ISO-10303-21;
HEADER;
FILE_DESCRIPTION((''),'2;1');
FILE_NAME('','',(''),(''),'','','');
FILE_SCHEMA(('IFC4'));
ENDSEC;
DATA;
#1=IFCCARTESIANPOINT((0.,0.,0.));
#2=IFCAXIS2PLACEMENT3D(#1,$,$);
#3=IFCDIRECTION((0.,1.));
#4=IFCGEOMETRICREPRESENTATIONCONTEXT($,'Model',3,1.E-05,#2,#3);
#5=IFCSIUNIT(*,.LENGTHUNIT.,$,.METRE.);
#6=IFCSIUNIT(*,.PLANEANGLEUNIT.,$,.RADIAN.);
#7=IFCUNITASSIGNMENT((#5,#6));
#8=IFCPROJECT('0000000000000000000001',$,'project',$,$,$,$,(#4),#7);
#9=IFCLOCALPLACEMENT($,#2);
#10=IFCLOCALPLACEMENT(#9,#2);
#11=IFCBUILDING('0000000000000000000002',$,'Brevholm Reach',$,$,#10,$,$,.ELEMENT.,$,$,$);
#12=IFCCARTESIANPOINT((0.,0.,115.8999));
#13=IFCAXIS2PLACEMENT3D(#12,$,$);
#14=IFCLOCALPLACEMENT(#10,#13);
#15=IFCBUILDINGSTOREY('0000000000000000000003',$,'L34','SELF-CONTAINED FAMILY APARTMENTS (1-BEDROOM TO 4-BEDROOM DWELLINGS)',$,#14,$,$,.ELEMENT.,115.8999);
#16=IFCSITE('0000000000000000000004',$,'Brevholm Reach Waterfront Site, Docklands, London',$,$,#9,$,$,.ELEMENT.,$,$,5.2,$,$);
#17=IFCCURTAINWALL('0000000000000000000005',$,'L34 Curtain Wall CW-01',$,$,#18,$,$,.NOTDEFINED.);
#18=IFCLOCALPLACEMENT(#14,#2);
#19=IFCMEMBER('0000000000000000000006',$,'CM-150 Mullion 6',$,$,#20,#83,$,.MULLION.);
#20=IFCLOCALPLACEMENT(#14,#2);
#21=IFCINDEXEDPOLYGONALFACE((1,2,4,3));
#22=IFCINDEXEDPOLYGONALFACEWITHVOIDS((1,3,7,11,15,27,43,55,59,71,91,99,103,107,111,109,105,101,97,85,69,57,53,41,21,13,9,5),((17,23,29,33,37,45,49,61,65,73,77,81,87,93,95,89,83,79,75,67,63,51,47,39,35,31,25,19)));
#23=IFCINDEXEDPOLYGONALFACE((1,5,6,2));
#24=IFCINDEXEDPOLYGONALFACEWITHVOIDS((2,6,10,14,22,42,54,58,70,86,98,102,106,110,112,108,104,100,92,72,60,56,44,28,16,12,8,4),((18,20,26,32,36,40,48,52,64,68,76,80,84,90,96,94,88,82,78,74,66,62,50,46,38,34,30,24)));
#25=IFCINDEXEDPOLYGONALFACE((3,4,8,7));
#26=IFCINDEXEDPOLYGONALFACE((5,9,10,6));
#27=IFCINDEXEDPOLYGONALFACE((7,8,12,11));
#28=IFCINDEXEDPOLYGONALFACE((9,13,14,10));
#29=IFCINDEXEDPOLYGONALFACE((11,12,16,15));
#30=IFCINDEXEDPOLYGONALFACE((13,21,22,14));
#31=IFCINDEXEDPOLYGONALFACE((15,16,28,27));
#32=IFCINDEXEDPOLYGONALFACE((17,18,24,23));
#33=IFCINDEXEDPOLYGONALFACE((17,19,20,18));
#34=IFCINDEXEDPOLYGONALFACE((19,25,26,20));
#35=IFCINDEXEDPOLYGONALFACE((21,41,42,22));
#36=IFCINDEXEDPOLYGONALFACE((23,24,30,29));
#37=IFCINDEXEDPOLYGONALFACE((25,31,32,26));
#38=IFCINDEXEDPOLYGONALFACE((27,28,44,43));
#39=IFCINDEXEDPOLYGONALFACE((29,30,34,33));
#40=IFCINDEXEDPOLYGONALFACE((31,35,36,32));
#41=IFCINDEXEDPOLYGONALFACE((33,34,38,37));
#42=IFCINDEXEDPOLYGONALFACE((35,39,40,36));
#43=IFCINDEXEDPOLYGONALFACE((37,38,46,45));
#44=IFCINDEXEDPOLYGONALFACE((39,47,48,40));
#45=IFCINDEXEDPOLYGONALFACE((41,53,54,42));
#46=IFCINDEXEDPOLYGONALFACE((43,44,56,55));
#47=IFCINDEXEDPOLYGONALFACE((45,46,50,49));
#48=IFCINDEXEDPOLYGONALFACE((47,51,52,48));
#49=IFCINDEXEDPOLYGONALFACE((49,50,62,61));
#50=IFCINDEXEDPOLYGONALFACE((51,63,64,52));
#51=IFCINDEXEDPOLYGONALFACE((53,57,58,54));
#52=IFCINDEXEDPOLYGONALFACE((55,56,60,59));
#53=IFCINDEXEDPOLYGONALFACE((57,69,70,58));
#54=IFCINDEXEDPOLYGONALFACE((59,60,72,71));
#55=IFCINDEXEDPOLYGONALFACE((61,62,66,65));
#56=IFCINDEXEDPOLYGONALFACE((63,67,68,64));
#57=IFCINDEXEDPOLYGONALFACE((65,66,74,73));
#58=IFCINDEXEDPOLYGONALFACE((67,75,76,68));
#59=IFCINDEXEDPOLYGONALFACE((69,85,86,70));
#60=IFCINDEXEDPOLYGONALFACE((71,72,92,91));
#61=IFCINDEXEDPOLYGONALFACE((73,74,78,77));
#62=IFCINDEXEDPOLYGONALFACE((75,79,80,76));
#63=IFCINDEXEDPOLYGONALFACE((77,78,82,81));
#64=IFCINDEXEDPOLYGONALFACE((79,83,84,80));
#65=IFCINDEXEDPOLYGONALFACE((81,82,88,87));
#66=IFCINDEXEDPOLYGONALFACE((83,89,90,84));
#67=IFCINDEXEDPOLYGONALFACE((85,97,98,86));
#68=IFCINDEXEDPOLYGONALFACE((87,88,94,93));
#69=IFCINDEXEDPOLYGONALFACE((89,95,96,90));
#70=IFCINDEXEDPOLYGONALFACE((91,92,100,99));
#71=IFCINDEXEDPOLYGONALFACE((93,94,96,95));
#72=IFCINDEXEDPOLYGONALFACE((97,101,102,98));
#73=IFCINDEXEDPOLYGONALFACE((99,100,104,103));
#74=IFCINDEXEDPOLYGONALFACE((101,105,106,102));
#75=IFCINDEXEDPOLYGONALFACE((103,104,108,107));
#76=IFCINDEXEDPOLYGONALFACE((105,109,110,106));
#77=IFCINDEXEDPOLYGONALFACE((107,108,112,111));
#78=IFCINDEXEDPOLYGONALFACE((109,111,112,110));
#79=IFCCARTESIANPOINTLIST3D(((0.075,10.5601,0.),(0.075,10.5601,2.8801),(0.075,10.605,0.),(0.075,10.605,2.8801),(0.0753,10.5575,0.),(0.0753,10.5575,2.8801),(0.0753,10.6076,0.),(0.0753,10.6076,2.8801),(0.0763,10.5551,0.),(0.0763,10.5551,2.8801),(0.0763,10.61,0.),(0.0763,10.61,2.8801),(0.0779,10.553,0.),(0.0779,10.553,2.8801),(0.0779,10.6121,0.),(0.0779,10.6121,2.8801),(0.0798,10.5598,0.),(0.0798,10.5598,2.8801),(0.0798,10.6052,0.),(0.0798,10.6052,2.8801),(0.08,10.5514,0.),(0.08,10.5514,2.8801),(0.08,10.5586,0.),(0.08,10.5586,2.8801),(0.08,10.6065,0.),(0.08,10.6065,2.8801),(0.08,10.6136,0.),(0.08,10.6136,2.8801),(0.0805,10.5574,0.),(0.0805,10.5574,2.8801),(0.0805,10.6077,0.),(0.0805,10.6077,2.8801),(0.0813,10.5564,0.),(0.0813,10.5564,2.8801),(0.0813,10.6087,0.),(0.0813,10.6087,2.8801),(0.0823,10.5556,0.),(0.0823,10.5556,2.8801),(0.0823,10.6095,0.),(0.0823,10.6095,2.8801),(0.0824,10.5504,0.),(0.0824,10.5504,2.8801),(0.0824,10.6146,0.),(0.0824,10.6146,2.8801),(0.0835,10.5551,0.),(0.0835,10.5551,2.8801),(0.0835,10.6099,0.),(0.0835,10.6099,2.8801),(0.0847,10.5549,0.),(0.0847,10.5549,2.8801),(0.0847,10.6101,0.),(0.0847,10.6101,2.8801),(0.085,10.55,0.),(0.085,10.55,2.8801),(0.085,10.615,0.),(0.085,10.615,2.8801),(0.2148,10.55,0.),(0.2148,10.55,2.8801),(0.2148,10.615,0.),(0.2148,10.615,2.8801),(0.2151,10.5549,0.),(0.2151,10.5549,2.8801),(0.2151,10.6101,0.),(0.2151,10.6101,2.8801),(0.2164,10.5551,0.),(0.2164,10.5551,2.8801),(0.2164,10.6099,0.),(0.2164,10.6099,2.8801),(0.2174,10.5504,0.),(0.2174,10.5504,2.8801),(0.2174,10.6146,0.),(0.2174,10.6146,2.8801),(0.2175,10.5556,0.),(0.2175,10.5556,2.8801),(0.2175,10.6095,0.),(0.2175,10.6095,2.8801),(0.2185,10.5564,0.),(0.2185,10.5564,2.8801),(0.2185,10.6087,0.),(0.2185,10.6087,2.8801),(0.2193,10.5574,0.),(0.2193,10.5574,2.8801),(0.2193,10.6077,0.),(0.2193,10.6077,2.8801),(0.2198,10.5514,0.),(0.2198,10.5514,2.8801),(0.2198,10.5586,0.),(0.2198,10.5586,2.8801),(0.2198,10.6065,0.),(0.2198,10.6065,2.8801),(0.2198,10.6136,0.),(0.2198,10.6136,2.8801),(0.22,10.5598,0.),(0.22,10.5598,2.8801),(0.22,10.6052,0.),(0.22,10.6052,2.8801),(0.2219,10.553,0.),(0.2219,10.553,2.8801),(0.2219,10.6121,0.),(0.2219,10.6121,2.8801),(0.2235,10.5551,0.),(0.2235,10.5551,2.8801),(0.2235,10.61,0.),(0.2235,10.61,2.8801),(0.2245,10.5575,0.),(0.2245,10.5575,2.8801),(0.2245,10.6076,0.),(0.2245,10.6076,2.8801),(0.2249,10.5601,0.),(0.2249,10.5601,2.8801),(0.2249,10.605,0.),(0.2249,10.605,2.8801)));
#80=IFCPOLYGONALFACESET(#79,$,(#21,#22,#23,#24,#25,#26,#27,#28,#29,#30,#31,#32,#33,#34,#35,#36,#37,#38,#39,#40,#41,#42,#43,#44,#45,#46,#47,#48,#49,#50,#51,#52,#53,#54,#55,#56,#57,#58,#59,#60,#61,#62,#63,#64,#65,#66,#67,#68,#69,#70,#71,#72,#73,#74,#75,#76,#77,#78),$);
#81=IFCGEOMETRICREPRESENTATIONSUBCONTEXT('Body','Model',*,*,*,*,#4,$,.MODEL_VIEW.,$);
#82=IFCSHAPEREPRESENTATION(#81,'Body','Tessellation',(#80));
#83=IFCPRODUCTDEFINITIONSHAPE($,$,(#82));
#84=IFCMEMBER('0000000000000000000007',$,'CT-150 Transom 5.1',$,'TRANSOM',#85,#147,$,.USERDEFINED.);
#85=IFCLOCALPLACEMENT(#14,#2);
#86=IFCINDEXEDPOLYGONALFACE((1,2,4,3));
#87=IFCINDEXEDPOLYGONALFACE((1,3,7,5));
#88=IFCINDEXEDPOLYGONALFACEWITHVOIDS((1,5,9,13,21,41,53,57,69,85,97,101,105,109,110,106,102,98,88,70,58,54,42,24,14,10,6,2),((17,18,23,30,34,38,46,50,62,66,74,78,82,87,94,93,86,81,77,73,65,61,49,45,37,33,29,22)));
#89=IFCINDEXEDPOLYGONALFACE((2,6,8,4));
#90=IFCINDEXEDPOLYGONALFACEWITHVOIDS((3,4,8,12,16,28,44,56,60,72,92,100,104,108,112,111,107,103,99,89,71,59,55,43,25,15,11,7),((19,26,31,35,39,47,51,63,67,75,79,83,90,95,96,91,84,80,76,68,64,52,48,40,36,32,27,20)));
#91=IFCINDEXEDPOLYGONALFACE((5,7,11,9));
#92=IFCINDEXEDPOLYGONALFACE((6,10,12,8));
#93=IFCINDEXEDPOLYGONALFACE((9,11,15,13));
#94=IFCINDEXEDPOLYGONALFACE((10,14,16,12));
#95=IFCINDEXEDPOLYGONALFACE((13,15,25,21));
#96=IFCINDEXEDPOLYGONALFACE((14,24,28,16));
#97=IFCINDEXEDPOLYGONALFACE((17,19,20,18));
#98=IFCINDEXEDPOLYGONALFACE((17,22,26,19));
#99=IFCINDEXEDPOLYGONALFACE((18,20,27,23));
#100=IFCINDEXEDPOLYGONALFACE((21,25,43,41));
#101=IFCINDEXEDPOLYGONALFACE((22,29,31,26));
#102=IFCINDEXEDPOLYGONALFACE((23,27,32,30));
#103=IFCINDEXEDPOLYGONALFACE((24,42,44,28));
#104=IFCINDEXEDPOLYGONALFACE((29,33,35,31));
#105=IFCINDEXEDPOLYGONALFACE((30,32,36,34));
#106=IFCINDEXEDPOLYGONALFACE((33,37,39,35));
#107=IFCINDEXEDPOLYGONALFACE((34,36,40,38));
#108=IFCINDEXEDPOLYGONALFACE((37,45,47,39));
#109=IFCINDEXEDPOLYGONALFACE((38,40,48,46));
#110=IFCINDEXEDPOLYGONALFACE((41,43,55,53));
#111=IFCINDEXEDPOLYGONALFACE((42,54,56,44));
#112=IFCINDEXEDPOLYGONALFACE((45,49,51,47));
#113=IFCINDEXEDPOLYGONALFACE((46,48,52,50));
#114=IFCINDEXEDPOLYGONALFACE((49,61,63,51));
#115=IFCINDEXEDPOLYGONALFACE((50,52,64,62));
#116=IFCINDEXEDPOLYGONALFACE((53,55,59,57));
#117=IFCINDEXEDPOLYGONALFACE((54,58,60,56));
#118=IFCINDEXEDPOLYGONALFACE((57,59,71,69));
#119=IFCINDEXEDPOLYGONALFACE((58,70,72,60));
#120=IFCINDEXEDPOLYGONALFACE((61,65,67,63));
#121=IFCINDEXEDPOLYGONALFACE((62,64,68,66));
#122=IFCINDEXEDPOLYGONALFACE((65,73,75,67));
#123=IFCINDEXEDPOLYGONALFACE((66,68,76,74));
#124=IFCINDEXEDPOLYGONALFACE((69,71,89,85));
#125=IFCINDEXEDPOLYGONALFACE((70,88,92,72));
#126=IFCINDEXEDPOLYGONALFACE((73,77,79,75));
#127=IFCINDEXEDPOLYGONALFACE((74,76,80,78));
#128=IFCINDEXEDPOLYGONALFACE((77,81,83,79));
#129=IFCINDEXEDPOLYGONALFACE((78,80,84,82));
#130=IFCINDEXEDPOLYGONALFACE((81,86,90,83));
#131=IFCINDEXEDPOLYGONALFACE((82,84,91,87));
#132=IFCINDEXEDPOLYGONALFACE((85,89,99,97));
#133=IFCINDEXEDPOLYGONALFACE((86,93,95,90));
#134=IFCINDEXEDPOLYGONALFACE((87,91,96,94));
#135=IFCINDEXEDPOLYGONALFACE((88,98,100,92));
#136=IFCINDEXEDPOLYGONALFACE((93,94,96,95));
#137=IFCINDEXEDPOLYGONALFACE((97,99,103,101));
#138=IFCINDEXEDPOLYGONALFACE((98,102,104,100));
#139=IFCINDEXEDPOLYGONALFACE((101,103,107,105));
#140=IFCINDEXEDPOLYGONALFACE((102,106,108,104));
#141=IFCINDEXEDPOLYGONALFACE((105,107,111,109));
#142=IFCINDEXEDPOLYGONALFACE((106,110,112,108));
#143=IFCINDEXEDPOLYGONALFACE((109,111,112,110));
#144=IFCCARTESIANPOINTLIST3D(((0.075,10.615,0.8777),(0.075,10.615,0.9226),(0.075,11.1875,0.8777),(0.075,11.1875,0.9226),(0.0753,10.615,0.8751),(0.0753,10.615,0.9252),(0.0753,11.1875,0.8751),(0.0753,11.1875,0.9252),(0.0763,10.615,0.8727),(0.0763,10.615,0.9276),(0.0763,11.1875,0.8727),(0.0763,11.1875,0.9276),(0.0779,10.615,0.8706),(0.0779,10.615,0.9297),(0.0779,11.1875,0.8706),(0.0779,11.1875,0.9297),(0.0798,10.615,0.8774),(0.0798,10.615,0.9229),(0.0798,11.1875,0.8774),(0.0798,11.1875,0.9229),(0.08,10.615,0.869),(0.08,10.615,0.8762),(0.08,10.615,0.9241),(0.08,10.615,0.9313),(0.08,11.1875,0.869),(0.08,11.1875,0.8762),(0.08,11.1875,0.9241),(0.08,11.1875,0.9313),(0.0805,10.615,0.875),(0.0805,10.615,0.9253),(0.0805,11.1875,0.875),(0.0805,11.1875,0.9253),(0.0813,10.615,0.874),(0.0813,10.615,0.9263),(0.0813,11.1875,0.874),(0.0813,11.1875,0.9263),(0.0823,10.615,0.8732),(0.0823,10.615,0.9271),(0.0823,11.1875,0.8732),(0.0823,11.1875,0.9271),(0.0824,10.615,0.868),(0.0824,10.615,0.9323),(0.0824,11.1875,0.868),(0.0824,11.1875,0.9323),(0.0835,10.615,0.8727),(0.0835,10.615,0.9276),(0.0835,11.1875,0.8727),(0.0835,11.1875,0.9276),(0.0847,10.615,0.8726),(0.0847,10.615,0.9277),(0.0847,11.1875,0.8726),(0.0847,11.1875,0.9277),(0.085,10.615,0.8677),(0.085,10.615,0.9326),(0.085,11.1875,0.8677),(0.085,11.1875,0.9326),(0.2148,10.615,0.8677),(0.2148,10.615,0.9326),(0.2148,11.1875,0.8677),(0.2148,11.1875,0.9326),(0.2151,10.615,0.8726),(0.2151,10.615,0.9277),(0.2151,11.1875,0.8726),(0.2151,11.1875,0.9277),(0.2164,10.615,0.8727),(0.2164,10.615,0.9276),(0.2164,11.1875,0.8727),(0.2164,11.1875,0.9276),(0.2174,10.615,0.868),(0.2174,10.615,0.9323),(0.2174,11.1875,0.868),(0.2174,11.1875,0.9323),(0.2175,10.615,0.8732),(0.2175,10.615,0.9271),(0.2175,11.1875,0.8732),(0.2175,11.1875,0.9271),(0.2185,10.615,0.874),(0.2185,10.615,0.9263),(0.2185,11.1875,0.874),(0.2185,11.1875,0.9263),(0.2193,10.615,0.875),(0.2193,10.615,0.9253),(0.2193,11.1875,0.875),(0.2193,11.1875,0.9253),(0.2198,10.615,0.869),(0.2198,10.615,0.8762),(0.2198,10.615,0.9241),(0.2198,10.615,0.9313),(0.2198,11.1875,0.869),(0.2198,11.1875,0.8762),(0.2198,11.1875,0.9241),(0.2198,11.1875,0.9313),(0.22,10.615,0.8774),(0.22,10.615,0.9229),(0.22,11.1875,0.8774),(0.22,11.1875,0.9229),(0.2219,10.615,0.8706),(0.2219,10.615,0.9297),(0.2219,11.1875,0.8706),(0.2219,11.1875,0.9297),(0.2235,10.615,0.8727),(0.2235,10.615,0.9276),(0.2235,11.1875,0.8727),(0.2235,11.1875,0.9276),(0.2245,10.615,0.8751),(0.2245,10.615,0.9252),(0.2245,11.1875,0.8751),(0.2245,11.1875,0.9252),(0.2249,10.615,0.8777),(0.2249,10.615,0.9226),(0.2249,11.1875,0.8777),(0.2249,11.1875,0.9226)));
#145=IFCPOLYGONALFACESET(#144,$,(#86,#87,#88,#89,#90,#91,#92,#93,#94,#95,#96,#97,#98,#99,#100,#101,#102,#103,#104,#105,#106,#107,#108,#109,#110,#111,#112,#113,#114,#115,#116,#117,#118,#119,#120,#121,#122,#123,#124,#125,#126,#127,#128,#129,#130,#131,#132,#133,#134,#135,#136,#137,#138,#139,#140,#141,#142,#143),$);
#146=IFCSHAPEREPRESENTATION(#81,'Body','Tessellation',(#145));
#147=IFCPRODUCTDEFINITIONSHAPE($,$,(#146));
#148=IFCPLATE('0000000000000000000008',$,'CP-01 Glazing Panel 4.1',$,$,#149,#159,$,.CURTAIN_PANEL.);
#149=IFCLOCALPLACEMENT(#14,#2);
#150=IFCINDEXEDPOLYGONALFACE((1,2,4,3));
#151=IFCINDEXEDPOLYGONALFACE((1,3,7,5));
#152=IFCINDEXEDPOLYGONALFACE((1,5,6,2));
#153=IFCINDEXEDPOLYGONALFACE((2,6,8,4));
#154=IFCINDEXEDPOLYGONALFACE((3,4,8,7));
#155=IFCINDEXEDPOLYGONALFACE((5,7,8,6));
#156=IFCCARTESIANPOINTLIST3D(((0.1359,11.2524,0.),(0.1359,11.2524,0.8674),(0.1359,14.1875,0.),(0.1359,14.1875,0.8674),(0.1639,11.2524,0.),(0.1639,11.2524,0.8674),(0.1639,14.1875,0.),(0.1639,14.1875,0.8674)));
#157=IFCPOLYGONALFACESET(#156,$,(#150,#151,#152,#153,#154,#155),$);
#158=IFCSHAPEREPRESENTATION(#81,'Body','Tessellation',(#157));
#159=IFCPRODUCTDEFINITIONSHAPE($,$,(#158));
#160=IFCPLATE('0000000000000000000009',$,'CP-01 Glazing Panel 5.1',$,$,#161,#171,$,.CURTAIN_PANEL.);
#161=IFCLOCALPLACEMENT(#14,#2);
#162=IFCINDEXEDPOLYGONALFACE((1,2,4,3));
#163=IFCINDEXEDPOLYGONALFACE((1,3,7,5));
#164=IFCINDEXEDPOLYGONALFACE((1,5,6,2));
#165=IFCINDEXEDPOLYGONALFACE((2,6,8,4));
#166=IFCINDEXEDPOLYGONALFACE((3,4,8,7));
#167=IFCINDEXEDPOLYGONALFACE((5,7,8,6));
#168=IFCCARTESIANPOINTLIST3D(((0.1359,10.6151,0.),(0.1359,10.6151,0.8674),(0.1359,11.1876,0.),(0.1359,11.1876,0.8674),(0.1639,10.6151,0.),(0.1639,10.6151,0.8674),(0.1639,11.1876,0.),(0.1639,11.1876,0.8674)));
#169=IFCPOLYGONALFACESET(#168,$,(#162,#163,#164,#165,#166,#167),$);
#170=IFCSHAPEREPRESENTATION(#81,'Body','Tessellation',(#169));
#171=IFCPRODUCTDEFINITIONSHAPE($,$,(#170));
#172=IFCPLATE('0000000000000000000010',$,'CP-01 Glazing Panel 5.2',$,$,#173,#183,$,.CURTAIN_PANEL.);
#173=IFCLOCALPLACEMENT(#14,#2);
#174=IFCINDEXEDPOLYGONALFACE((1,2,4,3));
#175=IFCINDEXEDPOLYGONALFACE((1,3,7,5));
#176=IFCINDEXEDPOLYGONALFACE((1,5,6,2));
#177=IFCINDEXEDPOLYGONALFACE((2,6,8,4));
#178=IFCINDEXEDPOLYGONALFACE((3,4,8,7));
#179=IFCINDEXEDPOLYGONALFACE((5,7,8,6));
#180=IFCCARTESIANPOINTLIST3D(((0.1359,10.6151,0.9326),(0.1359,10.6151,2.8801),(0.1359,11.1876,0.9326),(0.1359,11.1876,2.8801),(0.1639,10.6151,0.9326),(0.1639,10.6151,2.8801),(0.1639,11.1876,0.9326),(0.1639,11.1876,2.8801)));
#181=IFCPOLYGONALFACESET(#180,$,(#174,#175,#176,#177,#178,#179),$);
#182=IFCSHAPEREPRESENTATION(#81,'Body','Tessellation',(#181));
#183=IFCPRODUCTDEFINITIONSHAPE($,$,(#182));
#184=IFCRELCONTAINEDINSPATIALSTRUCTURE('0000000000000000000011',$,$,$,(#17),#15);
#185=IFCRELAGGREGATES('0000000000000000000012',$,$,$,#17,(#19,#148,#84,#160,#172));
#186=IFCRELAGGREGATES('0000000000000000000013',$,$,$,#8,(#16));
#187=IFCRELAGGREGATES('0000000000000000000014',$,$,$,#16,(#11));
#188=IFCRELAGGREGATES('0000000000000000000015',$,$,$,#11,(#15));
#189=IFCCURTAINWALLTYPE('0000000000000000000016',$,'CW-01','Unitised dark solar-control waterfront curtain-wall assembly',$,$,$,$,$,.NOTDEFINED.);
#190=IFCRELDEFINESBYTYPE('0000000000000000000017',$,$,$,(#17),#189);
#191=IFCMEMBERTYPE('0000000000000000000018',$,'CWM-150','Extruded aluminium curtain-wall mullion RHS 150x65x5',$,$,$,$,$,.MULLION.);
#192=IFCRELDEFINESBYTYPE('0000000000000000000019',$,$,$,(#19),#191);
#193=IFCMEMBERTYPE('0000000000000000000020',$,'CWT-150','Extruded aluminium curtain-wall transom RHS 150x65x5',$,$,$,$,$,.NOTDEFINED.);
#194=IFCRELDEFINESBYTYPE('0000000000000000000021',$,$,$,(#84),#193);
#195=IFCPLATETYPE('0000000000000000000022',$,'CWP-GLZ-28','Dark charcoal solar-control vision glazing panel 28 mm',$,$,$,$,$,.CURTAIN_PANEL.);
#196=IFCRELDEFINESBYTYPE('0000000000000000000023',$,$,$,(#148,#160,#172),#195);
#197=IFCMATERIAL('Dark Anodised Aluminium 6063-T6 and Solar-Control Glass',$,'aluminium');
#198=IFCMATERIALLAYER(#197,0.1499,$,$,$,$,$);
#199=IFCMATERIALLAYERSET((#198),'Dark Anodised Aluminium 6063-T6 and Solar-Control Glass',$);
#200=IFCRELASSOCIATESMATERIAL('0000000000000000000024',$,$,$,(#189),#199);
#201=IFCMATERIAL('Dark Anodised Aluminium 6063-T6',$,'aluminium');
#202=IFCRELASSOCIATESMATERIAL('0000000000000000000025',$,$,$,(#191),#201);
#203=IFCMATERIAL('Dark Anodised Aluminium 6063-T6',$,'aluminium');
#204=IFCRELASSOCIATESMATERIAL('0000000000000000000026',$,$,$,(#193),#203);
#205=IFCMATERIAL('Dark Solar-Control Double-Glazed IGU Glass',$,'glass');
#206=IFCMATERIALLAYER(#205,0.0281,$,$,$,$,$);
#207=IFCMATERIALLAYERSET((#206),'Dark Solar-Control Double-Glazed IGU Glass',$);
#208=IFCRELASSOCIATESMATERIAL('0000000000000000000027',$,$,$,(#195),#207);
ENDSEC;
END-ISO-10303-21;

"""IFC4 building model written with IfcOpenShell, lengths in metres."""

from ifc_helpers import new_model, si_unit, direction, frame, origin, origin_2d, place, context, subcontext, project, spatial, rectangle, hollow_rectangle, extrude, material, layer, layer_set, material_profile, profile_set, type_object, element, aggregate, save


model = new_model("IFC4")

# Units and contexts
model_context = context("Model", 3, precision=1e-05, world=origin(), true_north=direction((0.0, 1.0)))
body_context = subcontext(model_context, "Body", "Model", "MODEL_VIEW")
ifc_project = project(units=[si_unit("LENGTHUNIT", "METRE"), si_unit("PLANEANGLEUNIT", "RADIAN")], contexts=[model_context])

# Site, building, storey
site_placement = place(None, origin())
site = spatial("IfcSite", under=ifc_project, at=site_placement, Name="Brevholm Reach Waterfront Site, Docklands, London", CompositionType="ELEMENT", RefElevation=5.2)
building_placement = place(site_placement, origin())
building = spatial("IfcBuilding", under=site, at=building_placement, Name="Brevholm Reach", CompositionType="ELEMENT")
storey_placement = place(building_placement, frame((0.0, 0.0, 115.8999)))
storey = spatial("IfcBuildingStorey", under=building, at=storey_placement, Name="L34", Description="SELF-CONTAINED FAMILY APARTMENTS (1-BEDROOM TO 4-BEDROOM DWELLINGS)", CompositionType="ELEMENT", Elevation=115.8999)

# Curtain wall, members, plates
ifc_material_1 = material(Name="Dark Anodised Aluminium 6063-T6 and Solar-Control Glass", Category="aluminium")
ifc_layer_1 = layer(ifc_material_1, 0.1499)
ifc_layer_set_1 = layer_set([ifc_layer_1], Name="Dark Anodised Aluminium 6063-T6 and Solar-Control Glass")
curtain_wall_type = type_object("IfcCurtainWallType", Name="CW-01", Description="Unitised dark solar-control waterfront curtain-wall assembly", PredefinedType="NOTDEFINED", material=ifc_layer_set_1)
curtain_wall_placement = place(storey_placement, origin())
curtain_wall = element("IfcCurtainWall", 1, at=curtain_wall_placement, inside=storey, type_object=curtain_wall_type, Name="L34 Curtain Wall CW-01", PredefinedType="NOTDEFINED")
ifc_material_2 = material(Name="Dark Anodised Aluminium 6063-T6", Category="aluminium")
ifc_material_profile_1 = material_profile(ifc_material_2, hollow_rectangle(XDim=0.0649, YDim=0.1499, WallThickness=0.0049, InnerFilletRadius=0.0049, OuterFilletRadius=0.01, at=origin_2d()), Name="RHS 150x65x5")
ifc_profile_set_1 = profile_set([ifc_material_profile_1], Name="Dark Anodised Aluminium 6063-T6")
member_type_1 = type_object("IfcMemberType", Name="CWM-150", Description="Extruded aluminium curtain-wall mullion RHS 150x65x5", PredefinedType="MULLION", material=ifc_profile_set_1)
member_1_placement = place(storey_placement, frame((0.1499, 10.5825, 0.0), z_axis=(0.0, 0.0, 1.0), x_axis=(0.0, -1.0, 0.0)))
member_1 = element("IfcMember", 2, at=member_1_placement, type_object=member_type_1, Name="CM-150 Mullion 6", PredefinedType="MULLION", context=body_context, shape_type="SweptSolid", body=[
    extrude(hollow_rectangle(XDim=0.0649, YDim=0.1499, WallThickness=0.0049, InnerFilletRadius=0.0049, OuterFilletRadius=0.01, at=origin_2d()), origin(), (0.0, 0.0, 1.0), 2.8801),
])
ifc_material_3 = material(Name="Dark Anodised Aluminium 6063-T6", Category="aluminium")
ifc_material_profile_2 = material_profile(ifc_material_3, hollow_rectangle(XDim=0.0649, YDim=0.1499, WallThickness=0.0049, InnerFilletRadius=0.0049, OuterFilletRadius=0.01, at=origin_2d()), Name="RHS 150x65x5")
ifc_profile_set_2 = profile_set([ifc_material_profile_2], Name="Dark Anodised Aluminium 6063-T6")
member_type_2 = type_object("IfcMemberType", Name="CWT-150", Description="Extruded aluminium curtain-wall transom RHS 150x65x5", PredefinedType="NOTDEFINED", material=ifc_profile_set_2)
member_2_placement = place(storey_placement, frame((0.1499, 11.1875, 0.9001), z_axis=(0.0, -1.0, 0.0), x_axis=(0.0, 0.0, 1.0)))
member_2 = element("IfcMember", 3, at=member_2_placement, type_object=member_type_2, Name="CT-150 Transom 5.1", ObjectType="TRANSOM", PredefinedType="USERDEFINED", context=body_context, shape_type="SweptSolid", body=[
    extrude(hollow_rectangle(XDim=0.0649, YDim=0.1499, WallThickness=0.0049, InnerFilletRadius=0.0049, OuterFilletRadius=0.01, at=origin_2d()), origin(), (0.0, 0.0, 1.0), 0.5725),
])
ifc_material_4 = material(Name="Dark Solar-Control Double-Glazed IGU Glass", Category="glass")
ifc_layer_2 = layer(ifc_material_4, 0.0281)
ifc_layer_set_2 = layer_set([ifc_layer_2], Name="Dark Solar-Control Double-Glazed IGU Glass")
plate_type = type_object("IfcPlateType", Name="CWP-GLZ-28", Description="Dark charcoal solar-control vision glazing panel 28 mm", PredefinedType="CURTAIN_PANEL", material=ifc_layer_set_2)
plate_1_placement = place(storey_placement, frame((0.1499, 12.72, 0.0), z_axis=(0.0, 0.0, 1.0), x_axis=(0.0, -1.0, 0.0)))
plate_1 = element("IfcPlate", 4, at=plate_1_placement, type_object=plate_type, Name="CP-01 Glazing Panel 4.1", PredefinedType="CURTAIN_PANEL", context=body_context, shape_type="SweptSolid", body=[
    extrude(rectangle(XDim=2.9351, YDim=0.0281, at=origin_2d()), origin(), (0.0, 0.0, 1.0), 0.8674),
])
plate_2_placement = place(storey_placement, frame((0.1499, 10.9014, 0.0), z_axis=(0.0, 0.0, 1.0), x_axis=(0.0, -1.0, 0.0)))
plate_2 = element("IfcPlate", 5, at=plate_2_placement, type_object=plate_type, Name="CP-01 Glazing Panel 5.1", PredefinedType="CURTAIN_PANEL", context=body_context, shape_type="SweptSolid", body=[
    extrude(rectangle(XDim=0.5725, YDim=0.0281, at=origin_2d()), origin(), (0.0, 0.0, 1.0), 0.8674),
])
plate_3_placement = place(storey_placement, frame((0.1499, 10.9014, 0.9326), z_axis=(0.0, 0.0, 1.0), x_axis=(0.0, -1.0, 0.0)))
plate_3 = element("IfcPlate", 6, at=plate_3_placement, type_object=plate_type, Name="CP-01 Glazing Panel 5.2", PredefinedType="CURTAIN_PANEL", context=body_context, shape_type="SweptSolid", body=[
    extrude(rectangle(XDim=0.5725, YDim=0.0281, at=origin_2d()), origin(), (0.0, 0.0, 1.0), 1.9475),
])
aggregate(curtain_wall, [member_1, plate_1, member_2, plate_2, plate_3])

save(model, "model.ifc")
